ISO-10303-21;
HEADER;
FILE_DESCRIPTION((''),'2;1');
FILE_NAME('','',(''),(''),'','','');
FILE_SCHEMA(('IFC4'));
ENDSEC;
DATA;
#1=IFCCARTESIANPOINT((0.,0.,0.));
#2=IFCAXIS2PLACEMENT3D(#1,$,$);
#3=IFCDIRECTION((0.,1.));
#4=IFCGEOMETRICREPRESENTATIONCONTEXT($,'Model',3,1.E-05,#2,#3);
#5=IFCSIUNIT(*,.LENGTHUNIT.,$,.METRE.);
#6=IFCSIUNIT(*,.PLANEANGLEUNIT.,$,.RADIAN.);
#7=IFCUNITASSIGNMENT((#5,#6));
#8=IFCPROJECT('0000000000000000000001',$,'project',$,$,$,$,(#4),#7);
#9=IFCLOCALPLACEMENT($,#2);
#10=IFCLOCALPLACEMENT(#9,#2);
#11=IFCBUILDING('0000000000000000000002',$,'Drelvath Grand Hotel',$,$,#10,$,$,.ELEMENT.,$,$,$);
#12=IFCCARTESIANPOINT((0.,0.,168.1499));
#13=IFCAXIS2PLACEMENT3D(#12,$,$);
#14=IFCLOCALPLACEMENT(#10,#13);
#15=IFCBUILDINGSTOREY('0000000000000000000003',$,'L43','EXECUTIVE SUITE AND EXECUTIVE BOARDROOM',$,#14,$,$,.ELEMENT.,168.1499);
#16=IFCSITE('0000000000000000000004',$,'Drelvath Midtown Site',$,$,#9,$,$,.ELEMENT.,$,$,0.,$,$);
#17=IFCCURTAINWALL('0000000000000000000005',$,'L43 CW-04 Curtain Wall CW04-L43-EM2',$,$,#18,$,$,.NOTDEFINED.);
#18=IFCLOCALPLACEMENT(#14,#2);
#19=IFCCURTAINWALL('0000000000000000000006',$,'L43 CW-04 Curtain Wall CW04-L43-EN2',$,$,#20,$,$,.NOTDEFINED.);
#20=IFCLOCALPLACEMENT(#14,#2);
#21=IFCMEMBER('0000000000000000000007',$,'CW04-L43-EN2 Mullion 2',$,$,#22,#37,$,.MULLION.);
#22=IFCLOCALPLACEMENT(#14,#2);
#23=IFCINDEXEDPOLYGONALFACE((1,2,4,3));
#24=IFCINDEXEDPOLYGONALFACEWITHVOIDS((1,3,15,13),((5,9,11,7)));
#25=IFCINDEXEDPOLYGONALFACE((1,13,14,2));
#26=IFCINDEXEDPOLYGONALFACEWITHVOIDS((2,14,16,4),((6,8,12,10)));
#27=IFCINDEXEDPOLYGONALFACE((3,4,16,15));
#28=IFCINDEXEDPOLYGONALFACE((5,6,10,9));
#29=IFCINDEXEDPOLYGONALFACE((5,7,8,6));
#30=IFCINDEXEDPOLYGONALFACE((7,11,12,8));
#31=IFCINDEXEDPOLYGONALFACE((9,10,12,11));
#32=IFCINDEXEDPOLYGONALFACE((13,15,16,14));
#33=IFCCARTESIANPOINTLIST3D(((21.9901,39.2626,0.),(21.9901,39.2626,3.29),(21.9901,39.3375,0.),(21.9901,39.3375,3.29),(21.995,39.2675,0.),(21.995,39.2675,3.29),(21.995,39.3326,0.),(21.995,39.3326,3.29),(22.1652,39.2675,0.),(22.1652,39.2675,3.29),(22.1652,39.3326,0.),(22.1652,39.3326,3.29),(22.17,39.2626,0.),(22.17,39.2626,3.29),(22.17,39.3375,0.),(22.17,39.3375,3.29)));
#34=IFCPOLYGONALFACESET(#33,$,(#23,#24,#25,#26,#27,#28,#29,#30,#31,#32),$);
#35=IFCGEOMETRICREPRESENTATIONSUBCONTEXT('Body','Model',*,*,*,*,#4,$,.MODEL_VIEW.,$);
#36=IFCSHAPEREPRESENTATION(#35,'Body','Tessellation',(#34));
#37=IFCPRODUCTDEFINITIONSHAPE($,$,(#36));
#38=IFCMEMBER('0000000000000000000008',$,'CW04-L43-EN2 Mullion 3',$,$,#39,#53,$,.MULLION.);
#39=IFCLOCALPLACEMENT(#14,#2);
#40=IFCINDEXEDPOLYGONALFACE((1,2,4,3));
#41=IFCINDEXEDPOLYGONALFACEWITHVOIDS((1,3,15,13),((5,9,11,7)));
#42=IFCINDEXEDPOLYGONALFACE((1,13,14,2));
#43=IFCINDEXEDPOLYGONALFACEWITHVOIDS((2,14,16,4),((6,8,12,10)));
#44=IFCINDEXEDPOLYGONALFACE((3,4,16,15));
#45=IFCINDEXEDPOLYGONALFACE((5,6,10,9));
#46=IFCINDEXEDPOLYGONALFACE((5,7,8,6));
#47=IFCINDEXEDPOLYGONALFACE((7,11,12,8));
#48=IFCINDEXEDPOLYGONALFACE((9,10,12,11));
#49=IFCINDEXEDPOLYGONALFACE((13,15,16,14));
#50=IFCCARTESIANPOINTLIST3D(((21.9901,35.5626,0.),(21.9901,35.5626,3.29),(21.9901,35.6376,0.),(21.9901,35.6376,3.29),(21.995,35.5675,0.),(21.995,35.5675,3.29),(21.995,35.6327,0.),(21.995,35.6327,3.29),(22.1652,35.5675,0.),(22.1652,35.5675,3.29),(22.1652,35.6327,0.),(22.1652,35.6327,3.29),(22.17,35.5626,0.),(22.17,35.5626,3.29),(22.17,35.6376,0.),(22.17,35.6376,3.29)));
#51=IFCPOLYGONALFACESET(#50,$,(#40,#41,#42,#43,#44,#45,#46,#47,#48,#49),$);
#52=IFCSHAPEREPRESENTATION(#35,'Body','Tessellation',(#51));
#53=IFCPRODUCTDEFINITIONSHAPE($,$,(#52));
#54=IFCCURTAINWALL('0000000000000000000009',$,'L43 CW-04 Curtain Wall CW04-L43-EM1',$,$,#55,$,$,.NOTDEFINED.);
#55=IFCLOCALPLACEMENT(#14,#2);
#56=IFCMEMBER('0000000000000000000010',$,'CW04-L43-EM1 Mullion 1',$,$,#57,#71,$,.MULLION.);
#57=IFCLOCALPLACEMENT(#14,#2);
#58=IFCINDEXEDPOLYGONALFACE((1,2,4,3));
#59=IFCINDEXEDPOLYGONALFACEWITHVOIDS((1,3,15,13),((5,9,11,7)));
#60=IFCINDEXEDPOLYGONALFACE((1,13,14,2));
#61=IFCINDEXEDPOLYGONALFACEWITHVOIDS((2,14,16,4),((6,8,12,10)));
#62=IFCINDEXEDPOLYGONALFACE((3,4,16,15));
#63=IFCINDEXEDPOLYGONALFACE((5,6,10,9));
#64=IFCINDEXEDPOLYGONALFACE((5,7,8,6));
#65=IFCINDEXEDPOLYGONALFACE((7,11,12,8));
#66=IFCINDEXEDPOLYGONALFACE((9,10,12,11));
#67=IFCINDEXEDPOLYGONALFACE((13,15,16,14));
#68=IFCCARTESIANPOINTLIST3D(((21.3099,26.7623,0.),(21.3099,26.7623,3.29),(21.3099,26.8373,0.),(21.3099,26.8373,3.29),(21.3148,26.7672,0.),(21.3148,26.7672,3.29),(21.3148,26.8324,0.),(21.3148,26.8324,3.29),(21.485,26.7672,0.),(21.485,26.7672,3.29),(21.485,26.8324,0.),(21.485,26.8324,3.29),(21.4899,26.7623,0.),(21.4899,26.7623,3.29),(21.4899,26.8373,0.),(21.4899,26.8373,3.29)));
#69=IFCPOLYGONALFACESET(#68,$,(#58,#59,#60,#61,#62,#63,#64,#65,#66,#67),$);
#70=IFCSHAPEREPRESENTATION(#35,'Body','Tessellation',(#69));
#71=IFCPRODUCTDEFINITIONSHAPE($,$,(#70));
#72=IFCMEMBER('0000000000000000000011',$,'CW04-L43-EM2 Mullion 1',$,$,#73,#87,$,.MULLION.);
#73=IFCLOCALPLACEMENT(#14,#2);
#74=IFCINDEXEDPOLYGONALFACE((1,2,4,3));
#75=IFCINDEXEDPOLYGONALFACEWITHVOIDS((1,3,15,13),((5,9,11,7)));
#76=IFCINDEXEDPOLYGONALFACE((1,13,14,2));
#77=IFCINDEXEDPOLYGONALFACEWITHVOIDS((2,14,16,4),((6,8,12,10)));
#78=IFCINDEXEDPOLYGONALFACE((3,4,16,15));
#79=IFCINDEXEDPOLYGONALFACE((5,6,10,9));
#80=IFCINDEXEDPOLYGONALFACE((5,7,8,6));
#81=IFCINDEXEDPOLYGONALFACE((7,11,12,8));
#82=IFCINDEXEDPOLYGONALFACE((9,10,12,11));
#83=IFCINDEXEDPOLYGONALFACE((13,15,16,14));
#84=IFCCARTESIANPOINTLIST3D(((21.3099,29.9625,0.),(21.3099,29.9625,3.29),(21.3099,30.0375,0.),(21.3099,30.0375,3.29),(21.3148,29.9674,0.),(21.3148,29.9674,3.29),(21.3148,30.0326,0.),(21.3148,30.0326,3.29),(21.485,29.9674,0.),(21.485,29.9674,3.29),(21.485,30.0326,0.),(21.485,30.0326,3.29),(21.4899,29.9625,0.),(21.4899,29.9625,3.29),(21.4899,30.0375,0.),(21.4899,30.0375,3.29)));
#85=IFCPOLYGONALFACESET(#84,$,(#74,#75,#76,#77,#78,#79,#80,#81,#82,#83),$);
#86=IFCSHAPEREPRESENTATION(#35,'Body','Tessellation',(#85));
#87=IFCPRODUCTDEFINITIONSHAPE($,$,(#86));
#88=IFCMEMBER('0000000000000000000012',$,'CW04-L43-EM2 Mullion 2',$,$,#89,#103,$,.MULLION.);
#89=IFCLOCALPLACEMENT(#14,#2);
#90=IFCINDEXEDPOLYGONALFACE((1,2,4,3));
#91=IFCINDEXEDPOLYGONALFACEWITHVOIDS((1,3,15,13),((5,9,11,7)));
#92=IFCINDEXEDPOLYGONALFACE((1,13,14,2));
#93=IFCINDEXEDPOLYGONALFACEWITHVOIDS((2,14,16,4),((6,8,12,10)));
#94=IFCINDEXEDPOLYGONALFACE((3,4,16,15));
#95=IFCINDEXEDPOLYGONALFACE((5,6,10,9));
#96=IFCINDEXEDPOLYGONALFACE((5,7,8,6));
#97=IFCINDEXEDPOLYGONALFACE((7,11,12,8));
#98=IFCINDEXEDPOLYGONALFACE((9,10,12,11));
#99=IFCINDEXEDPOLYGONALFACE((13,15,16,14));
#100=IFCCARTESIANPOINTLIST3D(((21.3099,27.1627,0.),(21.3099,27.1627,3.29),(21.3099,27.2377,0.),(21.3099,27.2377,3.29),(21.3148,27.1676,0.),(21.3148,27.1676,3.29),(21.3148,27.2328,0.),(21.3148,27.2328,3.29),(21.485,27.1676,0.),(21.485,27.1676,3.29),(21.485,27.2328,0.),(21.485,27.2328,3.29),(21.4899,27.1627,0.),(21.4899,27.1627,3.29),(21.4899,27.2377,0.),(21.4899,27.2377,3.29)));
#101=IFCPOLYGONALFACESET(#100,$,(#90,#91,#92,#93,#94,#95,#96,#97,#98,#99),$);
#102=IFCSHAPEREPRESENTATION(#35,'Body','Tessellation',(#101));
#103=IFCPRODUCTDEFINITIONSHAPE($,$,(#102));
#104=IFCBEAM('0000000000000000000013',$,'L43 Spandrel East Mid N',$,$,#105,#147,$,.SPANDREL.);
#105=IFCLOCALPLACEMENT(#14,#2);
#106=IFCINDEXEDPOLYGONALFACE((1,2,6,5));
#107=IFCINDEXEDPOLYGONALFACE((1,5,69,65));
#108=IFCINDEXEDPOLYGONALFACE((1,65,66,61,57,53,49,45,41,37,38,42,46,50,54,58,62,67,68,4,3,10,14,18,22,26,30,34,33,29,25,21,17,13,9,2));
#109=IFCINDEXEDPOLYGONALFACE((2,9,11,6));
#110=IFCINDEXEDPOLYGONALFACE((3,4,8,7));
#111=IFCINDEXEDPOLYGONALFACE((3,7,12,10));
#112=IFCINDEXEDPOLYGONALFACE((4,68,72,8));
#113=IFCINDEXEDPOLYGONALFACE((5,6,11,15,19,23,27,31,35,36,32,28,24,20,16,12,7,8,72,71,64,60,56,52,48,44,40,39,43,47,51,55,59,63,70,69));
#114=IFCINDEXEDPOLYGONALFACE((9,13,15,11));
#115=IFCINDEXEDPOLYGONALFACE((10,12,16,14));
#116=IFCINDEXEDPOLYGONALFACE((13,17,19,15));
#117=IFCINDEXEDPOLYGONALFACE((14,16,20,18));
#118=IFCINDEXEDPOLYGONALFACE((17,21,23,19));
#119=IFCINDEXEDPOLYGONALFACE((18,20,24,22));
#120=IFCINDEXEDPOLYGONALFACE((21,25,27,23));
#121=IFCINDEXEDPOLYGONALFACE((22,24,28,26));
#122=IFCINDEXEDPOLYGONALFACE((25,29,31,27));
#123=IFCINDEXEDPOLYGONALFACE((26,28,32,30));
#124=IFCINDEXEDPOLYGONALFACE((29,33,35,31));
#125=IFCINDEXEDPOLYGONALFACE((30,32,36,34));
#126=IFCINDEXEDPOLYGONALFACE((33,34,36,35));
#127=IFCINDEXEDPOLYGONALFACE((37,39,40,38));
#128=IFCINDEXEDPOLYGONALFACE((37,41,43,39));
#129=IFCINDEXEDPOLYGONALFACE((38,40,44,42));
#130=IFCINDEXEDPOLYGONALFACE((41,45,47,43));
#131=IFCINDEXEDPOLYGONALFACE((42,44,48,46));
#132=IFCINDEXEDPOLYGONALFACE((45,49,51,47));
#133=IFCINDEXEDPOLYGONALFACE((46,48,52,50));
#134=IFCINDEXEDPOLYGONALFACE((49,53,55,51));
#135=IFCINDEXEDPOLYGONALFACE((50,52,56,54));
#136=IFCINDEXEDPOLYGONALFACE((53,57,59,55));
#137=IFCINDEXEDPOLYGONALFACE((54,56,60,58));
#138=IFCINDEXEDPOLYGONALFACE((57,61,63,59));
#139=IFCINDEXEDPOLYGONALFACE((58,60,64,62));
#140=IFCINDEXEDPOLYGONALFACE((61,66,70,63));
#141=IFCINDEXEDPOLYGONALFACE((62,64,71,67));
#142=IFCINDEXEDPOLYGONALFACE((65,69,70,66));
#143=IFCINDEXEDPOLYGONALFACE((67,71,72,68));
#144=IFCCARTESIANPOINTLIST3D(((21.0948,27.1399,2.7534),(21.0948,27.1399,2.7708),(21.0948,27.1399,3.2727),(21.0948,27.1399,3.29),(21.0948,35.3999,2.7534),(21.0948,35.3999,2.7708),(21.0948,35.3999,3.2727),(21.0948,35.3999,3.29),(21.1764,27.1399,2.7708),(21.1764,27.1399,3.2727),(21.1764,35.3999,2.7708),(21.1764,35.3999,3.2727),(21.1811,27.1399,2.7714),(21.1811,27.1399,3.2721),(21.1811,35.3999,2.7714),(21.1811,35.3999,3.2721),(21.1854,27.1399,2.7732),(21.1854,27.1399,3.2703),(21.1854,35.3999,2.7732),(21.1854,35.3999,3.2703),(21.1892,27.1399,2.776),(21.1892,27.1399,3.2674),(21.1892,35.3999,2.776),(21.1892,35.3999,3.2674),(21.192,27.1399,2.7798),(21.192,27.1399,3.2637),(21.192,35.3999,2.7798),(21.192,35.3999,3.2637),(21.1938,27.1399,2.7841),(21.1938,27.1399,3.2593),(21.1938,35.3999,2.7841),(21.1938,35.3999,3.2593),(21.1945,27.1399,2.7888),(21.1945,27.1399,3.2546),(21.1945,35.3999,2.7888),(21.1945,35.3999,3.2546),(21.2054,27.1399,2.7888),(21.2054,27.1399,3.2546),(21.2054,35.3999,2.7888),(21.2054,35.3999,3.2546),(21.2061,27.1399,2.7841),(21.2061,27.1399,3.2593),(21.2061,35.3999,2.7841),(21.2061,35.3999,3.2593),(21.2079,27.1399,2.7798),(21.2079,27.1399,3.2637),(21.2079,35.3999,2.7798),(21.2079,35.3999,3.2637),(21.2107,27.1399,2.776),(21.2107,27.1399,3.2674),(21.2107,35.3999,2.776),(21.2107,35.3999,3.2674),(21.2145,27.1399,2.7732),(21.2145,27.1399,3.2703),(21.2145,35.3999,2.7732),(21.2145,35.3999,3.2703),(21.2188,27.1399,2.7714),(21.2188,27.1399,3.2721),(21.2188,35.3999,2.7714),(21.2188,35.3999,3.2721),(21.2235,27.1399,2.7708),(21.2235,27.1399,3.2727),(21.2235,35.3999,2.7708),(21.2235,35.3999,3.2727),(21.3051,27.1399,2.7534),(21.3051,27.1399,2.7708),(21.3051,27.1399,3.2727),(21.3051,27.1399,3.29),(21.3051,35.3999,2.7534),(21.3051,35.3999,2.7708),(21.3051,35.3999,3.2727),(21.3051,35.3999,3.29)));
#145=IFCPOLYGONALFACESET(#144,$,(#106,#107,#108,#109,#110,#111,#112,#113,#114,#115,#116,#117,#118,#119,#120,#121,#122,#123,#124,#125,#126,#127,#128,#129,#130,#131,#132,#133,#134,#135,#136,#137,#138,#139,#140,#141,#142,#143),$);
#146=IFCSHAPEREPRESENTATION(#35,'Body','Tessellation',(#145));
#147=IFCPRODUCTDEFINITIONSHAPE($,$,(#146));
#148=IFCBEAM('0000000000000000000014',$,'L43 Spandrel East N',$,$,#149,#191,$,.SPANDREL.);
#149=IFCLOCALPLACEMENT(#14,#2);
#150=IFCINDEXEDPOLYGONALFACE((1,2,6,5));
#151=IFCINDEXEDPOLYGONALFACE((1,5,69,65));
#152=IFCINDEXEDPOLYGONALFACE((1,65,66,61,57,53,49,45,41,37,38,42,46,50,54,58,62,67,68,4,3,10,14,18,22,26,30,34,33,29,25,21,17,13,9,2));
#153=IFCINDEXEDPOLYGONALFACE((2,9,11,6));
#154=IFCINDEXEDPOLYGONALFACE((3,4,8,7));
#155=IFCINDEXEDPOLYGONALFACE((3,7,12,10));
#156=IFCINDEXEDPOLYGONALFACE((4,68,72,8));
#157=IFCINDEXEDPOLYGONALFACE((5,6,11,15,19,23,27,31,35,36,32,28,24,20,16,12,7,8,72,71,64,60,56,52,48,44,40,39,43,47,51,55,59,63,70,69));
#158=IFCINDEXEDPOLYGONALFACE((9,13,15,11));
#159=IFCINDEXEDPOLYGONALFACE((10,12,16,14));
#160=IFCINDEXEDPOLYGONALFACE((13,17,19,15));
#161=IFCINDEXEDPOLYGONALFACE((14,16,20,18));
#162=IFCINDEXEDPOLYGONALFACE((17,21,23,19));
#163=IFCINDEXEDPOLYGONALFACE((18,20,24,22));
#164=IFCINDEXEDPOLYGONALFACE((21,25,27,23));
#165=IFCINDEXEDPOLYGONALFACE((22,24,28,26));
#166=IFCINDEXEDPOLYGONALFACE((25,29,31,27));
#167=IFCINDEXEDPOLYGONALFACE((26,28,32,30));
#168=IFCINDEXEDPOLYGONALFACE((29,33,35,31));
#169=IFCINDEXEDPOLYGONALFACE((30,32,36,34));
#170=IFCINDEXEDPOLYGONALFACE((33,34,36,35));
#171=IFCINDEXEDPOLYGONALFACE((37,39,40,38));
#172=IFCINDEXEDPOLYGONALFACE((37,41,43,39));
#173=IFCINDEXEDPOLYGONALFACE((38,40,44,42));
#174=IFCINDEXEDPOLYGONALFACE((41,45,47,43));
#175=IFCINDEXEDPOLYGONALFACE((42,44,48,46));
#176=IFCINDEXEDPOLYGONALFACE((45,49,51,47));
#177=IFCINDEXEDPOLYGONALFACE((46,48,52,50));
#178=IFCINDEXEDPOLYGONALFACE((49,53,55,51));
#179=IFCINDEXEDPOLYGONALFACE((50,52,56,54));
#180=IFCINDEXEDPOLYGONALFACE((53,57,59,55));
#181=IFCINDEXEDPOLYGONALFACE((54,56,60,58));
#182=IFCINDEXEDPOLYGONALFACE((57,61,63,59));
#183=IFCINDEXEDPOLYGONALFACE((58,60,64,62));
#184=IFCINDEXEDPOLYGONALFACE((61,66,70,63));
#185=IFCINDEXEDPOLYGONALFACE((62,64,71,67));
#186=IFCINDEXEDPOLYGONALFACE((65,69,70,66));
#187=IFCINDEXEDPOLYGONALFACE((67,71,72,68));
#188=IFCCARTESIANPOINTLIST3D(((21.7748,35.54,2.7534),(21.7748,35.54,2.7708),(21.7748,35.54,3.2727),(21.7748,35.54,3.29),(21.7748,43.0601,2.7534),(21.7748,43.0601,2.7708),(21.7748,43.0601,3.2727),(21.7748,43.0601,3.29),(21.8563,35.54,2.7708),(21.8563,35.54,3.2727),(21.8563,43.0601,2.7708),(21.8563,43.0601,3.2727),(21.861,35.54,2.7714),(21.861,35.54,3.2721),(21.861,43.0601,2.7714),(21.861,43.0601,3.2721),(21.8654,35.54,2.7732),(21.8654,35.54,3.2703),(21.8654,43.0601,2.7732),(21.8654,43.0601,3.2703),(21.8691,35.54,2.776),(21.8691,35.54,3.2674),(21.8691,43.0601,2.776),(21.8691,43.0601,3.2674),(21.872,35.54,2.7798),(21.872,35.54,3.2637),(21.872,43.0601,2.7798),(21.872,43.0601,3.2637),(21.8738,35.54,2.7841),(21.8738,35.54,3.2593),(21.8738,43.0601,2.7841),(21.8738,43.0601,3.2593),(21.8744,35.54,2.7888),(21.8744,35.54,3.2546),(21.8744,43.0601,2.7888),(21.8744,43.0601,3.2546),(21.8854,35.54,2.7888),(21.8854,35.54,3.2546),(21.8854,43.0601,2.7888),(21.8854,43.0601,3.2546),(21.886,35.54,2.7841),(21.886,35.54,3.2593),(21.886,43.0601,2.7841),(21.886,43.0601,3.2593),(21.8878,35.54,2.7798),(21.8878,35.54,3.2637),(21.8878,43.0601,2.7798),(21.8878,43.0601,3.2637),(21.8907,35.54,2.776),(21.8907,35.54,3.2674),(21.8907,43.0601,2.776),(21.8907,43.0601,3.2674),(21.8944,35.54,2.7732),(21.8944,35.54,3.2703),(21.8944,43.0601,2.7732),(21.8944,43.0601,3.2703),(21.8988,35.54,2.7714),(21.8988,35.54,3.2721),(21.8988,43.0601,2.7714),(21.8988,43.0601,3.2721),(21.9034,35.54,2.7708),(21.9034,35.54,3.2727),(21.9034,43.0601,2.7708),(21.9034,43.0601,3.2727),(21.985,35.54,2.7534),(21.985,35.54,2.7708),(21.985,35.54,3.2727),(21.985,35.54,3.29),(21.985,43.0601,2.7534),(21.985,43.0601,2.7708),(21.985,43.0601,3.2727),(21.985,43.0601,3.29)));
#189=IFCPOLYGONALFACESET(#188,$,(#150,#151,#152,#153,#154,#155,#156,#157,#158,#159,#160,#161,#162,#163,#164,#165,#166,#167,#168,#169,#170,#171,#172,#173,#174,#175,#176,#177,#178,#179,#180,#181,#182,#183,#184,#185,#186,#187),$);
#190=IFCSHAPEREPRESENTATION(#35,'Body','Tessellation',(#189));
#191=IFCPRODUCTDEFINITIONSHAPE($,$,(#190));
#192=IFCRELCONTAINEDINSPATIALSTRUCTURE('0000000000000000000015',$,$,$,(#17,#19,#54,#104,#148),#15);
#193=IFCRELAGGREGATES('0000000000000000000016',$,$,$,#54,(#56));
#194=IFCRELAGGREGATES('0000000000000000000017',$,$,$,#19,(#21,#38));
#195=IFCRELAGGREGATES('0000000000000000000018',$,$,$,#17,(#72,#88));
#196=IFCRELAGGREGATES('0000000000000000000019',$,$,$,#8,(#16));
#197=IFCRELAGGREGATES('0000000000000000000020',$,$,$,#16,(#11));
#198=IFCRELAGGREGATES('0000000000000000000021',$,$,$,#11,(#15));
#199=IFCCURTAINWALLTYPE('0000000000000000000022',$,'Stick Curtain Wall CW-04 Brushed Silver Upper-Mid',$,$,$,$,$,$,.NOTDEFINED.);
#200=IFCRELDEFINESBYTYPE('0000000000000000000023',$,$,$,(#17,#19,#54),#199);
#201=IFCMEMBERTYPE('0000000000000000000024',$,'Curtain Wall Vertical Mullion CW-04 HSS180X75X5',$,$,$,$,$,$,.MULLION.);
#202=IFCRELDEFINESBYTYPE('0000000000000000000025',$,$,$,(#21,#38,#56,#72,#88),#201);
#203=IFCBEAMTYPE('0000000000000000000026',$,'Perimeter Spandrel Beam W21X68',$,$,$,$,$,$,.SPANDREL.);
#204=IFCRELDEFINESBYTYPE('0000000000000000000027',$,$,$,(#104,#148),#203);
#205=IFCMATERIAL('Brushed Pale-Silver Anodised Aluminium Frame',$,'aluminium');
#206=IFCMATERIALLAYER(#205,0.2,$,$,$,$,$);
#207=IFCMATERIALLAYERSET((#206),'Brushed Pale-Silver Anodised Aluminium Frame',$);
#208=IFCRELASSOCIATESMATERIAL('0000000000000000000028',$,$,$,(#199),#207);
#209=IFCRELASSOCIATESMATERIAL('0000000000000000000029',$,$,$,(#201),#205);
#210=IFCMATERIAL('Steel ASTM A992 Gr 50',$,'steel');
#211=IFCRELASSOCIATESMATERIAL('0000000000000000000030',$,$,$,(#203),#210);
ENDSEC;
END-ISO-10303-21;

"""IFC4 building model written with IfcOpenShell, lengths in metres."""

from ifc_helpers import new_model, si_unit, direction, frame, origin, origin_2d, place, context, subcontext, project, spatial, hollow_rectangle, i_section, extrude, material, layer, layer_set, material_profile, profile_set, type_object, element, aggregate, save


model = new_model("IFC4")

# Units and contexts
model_context = context("Model", 3, precision=1e-05, world=origin(), true_north=direction((0.0, 1.0)))
body_context = subcontext(model_context, "Body", "Model", "MODEL_VIEW")
ifc_project = project(units=[si_unit("LENGTHUNIT", "METRE"), si_unit("PLANEANGLEUNIT", "RADIAN")], contexts=[model_context])

# Site, building, storey
site_placement = place(None, origin())
site = spatial("IfcSite", under=ifc_project, at=site_placement, Name="Drelvath Midtown Site", CompositionType="ELEMENT", RefElevation=0.0)
building_placement = place(site_placement, origin())
building = spatial("IfcBuilding", under=site, at=building_placement, Name="Drelvath Grand Hotel", CompositionType="ELEMENT")
storey_placement = place(building_placement, frame((0.0, 0.0, 168.1499)))
storey = spatial("IfcBuildingStorey", under=building, at=storey_placement, Name="L43", Description="EXECUTIVE SUITE AND EXECUTIVE BOARDROOM", CompositionType="ELEMENT", Elevation=168.1499)

# Curtain wall
ifc_material_1 = material(Name="Brushed Pale-Silver Anodised Aluminium Frame", Category="aluminium")
ifc_layer_1 = layer(ifc_material_1, 0.2)
ifc_layer_set_1 = layer_set([ifc_layer_1], Name="Brushed Pale-Silver Anodised Aluminium Frame")
curtain_wall_type = type_object("IfcCurtainWallType", Name="Stick Curtain Wall CW-04 Brushed Silver Upper-Mid", PredefinedType="NOTDEFINED", material=ifc_layer_set_1)
curtain_wall_1_placement = place(storey_placement, origin())
curtain_wall_1 = element("IfcCurtainWall", 1, at=curtain_wall_1_placement, inside=storey, type_object=curtain_wall_type, Name="L43 CW-04 Curtain Wall CW04-L43-EM2", PredefinedType="NOTDEFINED")

# Shared definitions
ifc_material_profile_1 = material_profile(ifc_material_1, hollow_rectangle(XDim=0.075, YDim=0.1799, WallThickness=0.0049, at=origin_2d()), Name="HSS180X75X5")
ifc_profile_set_1 = profile_set([ifc_material_profile_1], Name="Brushed Pale-Silver Anodised Aluminium Frame")
member_type_1 = type_object("IfcMemberType", Name="Curtain Wall Vertical Mullion CW-04 HSS180X75X5", PredefinedType="MULLION", material=ifc_profile_set_1)

# Curtain wall, members
curtain_wall_2_placement = place(storey_placement, origin())
curtain_wall_2 = element("IfcCurtainWall", 2, at=curtain_wall_2_placement, inside=storey, type_object=curtain_wall_type, Name="L43 CW-04 Curtain Wall CW04-L43-EN2", PredefinedType="NOTDEFINED")
member_1_placement = place(storey_placement, frame((22.0801, 39.3, 0.0), z_axis=(0.0, 0.0, 1.0), x_axis=(0.0, 1.0, 0.0)))
member_1 = element("IfcMember", 3, at=member_1_placement, type_object=member_type_1, Name="CW04-L43-EN2 Mullion 2", PredefinedType="MULLION", context=body_context, shape_type="SweptSolid", body=[
    extrude(hollow_rectangle(XDim=0.075, YDim=0.1799, WallThickness=0.0049, at=origin_2d()), origin(), (0.0, 0.0, 1.0), 3.29),
])
member_2_placement = place(storey_placement, frame((22.0801, 35.6001, 0.0), z_axis=(0.0, 0.0, 1.0), x_axis=(0.0, 1.0, 0.0)))
member_2 = element("IfcMember", 4, at=member_2_placement, type_object=member_type_1, Name="CW04-L43-EN2 Mullion 3", PredefinedType="MULLION", context=body_context, shape_type="SweptSolid", body=[
    extrude(hollow_rectangle(XDim=0.075, YDim=0.1799, WallThickness=0.0049, at=origin_2d()), origin(), (0.0, 0.0, 1.0), 3.29),
])

# Curtain wall, member
curtain_wall_3_placement = place(storey_placement, origin())
curtain_wall_3 = element("IfcCurtainWall", 5, at=curtain_wall_3_placement, inside=storey, type_object=curtain_wall_type, Name="L43 CW-04 Curtain Wall CW04-L43-EM1", PredefinedType="NOTDEFINED")
member_3_placement = place(storey_placement, frame((21.3999, 26.7998, 0.0), z_axis=(0.0, 0.0, 1.0), x_axis=(0.0, 1.0, 0.0)))
member_3 = element("IfcMember", 6, at=member_3_placement, type_object=member_type_1, Name="CW04-L43-EM1 Mullion 1", PredefinedType="MULLION", context=body_context, shape_type="SweptSolid", body=[
    extrude(hollow_rectangle(XDim=0.075, YDim=0.1799, WallThickness=0.0049, at=origin_2d()), origin(), (0.0, 0.0, 1.0), 3.29),
])
aggregate(curtain_wall_3, [member_3])

# Members
member_4_placement = place(storey_placement, frame((21.3999, 30.0, 0.0), z_axis=(0.0, 0.0, 1.0), x_axis=(0.0, 1.0, 0.0)))
member_4 = element("IfcMember", 7, at=member_4_placement, type_object=member_type_1, Name="CW04-L43-EM2 Mullion 1", PredefinedType="MULLION", context=body_context, shape_type="SweptSolid", body=[
    extrude(hollow_rectangle(XDim=0.075, YDim=0.1799, WallThickness=0.0049, at=origin_2d()), origin(), (0.0, 0.0, 1.0), 3.29),
])
member_5_placement = place(storey_placement, frame((21.3999, 27.2002, 0.0), z_axis=(0.0, 0.0, 1.0), x_axis=(0.0, 1.0, 0.0)))
member_5 = element("IfcMember", 8, at=member_5_placement, type_object=member_type_1, Name="CW04-L43-EM2 Mullion 2", PredefinedType="MULLION", context=body_context, shape_type="SweptSolid", body=[
    extrude(hollow_rectangle(XDim=0.075, YDim=0.1799, WallThickness=0.0049, at=origin_2d()), origin(), (0.0, 0.0, 1.0), 3.29),
])

# Beams
ifc_material_2 = material(Name="Steel ASTM A992 Gr 50", Category="steel")
ifc_material_profile_2 = material_profile(ifc_material_2, i_section(OverallWidth=0.2102, OverallDepth=0.5366, WebThickness=0.011, FlangeThickness=0.0173, FilletRadius=0.0181, at=origin_2d()), Name="W21X68")
ifc_profile_set_2 = profile_set([ifc_material_profile_2], Name="Steel ASTM A992 Gr 50")
beam_type_1 = type_object("IfcBeamType", Name="Perimeter Spandrel Beam W21X68", PredefinedType="SPANDREL", material=ifc_profile_set_2)
beam_1_placement = place(storey_placement, frame((21.2, 27.1399, 3.0217), z_axis=(0.0, 1.0, 0.0), x_axis=(-1.0, 0.0, 0.0)))
element("IfcBeam", 9, at=beam_1_placement, inside=storey, type_object=beam_type_1, Name="L43 Spandrel East Mid N", PredefinedType="SPANDREL", context=body_context, shape_type="SweptSolid", body=[
    extrude(i_section(OverallWidth=0.2102, OverallDepth=0.5366, WebThickness=0.011, FlangeThickness=0.0173, FilletRadius=0.0181, at=origin_2d()), origin(), (0.0, 0.0, 1.0), 8.26),
])
beam_2_placement = place(storey_placement, frame((21.8799, 35.54, 3.0217), z_axis=(0.0, 1.0, 0.0), x_axis=(-1.0, 0.0, 0.0)))
element("IfcBeam", 10, at=beam_2_placement, inside=storey, type_object=beam_type_1, Name="L43 Spandrel East N", PredefinedType="SPANDREL", context=body_context, shape_type="SweptSolid", body=[
    extrude(i_section(OverallWidth=0.2102, OverallDepth=0.5366, WebThickness=0.011, FlangeThickness=0.0173, FilletRadius=0.0181, at=origin_2d()), origin(), (0.0, 0.0, 1.0), 7.52),
])

aggregate(curtain_wall_2, [member_1, member_2])
aggregate(curtain_wall_1, [member_4, member_5])

save(model, "model.ifc")
